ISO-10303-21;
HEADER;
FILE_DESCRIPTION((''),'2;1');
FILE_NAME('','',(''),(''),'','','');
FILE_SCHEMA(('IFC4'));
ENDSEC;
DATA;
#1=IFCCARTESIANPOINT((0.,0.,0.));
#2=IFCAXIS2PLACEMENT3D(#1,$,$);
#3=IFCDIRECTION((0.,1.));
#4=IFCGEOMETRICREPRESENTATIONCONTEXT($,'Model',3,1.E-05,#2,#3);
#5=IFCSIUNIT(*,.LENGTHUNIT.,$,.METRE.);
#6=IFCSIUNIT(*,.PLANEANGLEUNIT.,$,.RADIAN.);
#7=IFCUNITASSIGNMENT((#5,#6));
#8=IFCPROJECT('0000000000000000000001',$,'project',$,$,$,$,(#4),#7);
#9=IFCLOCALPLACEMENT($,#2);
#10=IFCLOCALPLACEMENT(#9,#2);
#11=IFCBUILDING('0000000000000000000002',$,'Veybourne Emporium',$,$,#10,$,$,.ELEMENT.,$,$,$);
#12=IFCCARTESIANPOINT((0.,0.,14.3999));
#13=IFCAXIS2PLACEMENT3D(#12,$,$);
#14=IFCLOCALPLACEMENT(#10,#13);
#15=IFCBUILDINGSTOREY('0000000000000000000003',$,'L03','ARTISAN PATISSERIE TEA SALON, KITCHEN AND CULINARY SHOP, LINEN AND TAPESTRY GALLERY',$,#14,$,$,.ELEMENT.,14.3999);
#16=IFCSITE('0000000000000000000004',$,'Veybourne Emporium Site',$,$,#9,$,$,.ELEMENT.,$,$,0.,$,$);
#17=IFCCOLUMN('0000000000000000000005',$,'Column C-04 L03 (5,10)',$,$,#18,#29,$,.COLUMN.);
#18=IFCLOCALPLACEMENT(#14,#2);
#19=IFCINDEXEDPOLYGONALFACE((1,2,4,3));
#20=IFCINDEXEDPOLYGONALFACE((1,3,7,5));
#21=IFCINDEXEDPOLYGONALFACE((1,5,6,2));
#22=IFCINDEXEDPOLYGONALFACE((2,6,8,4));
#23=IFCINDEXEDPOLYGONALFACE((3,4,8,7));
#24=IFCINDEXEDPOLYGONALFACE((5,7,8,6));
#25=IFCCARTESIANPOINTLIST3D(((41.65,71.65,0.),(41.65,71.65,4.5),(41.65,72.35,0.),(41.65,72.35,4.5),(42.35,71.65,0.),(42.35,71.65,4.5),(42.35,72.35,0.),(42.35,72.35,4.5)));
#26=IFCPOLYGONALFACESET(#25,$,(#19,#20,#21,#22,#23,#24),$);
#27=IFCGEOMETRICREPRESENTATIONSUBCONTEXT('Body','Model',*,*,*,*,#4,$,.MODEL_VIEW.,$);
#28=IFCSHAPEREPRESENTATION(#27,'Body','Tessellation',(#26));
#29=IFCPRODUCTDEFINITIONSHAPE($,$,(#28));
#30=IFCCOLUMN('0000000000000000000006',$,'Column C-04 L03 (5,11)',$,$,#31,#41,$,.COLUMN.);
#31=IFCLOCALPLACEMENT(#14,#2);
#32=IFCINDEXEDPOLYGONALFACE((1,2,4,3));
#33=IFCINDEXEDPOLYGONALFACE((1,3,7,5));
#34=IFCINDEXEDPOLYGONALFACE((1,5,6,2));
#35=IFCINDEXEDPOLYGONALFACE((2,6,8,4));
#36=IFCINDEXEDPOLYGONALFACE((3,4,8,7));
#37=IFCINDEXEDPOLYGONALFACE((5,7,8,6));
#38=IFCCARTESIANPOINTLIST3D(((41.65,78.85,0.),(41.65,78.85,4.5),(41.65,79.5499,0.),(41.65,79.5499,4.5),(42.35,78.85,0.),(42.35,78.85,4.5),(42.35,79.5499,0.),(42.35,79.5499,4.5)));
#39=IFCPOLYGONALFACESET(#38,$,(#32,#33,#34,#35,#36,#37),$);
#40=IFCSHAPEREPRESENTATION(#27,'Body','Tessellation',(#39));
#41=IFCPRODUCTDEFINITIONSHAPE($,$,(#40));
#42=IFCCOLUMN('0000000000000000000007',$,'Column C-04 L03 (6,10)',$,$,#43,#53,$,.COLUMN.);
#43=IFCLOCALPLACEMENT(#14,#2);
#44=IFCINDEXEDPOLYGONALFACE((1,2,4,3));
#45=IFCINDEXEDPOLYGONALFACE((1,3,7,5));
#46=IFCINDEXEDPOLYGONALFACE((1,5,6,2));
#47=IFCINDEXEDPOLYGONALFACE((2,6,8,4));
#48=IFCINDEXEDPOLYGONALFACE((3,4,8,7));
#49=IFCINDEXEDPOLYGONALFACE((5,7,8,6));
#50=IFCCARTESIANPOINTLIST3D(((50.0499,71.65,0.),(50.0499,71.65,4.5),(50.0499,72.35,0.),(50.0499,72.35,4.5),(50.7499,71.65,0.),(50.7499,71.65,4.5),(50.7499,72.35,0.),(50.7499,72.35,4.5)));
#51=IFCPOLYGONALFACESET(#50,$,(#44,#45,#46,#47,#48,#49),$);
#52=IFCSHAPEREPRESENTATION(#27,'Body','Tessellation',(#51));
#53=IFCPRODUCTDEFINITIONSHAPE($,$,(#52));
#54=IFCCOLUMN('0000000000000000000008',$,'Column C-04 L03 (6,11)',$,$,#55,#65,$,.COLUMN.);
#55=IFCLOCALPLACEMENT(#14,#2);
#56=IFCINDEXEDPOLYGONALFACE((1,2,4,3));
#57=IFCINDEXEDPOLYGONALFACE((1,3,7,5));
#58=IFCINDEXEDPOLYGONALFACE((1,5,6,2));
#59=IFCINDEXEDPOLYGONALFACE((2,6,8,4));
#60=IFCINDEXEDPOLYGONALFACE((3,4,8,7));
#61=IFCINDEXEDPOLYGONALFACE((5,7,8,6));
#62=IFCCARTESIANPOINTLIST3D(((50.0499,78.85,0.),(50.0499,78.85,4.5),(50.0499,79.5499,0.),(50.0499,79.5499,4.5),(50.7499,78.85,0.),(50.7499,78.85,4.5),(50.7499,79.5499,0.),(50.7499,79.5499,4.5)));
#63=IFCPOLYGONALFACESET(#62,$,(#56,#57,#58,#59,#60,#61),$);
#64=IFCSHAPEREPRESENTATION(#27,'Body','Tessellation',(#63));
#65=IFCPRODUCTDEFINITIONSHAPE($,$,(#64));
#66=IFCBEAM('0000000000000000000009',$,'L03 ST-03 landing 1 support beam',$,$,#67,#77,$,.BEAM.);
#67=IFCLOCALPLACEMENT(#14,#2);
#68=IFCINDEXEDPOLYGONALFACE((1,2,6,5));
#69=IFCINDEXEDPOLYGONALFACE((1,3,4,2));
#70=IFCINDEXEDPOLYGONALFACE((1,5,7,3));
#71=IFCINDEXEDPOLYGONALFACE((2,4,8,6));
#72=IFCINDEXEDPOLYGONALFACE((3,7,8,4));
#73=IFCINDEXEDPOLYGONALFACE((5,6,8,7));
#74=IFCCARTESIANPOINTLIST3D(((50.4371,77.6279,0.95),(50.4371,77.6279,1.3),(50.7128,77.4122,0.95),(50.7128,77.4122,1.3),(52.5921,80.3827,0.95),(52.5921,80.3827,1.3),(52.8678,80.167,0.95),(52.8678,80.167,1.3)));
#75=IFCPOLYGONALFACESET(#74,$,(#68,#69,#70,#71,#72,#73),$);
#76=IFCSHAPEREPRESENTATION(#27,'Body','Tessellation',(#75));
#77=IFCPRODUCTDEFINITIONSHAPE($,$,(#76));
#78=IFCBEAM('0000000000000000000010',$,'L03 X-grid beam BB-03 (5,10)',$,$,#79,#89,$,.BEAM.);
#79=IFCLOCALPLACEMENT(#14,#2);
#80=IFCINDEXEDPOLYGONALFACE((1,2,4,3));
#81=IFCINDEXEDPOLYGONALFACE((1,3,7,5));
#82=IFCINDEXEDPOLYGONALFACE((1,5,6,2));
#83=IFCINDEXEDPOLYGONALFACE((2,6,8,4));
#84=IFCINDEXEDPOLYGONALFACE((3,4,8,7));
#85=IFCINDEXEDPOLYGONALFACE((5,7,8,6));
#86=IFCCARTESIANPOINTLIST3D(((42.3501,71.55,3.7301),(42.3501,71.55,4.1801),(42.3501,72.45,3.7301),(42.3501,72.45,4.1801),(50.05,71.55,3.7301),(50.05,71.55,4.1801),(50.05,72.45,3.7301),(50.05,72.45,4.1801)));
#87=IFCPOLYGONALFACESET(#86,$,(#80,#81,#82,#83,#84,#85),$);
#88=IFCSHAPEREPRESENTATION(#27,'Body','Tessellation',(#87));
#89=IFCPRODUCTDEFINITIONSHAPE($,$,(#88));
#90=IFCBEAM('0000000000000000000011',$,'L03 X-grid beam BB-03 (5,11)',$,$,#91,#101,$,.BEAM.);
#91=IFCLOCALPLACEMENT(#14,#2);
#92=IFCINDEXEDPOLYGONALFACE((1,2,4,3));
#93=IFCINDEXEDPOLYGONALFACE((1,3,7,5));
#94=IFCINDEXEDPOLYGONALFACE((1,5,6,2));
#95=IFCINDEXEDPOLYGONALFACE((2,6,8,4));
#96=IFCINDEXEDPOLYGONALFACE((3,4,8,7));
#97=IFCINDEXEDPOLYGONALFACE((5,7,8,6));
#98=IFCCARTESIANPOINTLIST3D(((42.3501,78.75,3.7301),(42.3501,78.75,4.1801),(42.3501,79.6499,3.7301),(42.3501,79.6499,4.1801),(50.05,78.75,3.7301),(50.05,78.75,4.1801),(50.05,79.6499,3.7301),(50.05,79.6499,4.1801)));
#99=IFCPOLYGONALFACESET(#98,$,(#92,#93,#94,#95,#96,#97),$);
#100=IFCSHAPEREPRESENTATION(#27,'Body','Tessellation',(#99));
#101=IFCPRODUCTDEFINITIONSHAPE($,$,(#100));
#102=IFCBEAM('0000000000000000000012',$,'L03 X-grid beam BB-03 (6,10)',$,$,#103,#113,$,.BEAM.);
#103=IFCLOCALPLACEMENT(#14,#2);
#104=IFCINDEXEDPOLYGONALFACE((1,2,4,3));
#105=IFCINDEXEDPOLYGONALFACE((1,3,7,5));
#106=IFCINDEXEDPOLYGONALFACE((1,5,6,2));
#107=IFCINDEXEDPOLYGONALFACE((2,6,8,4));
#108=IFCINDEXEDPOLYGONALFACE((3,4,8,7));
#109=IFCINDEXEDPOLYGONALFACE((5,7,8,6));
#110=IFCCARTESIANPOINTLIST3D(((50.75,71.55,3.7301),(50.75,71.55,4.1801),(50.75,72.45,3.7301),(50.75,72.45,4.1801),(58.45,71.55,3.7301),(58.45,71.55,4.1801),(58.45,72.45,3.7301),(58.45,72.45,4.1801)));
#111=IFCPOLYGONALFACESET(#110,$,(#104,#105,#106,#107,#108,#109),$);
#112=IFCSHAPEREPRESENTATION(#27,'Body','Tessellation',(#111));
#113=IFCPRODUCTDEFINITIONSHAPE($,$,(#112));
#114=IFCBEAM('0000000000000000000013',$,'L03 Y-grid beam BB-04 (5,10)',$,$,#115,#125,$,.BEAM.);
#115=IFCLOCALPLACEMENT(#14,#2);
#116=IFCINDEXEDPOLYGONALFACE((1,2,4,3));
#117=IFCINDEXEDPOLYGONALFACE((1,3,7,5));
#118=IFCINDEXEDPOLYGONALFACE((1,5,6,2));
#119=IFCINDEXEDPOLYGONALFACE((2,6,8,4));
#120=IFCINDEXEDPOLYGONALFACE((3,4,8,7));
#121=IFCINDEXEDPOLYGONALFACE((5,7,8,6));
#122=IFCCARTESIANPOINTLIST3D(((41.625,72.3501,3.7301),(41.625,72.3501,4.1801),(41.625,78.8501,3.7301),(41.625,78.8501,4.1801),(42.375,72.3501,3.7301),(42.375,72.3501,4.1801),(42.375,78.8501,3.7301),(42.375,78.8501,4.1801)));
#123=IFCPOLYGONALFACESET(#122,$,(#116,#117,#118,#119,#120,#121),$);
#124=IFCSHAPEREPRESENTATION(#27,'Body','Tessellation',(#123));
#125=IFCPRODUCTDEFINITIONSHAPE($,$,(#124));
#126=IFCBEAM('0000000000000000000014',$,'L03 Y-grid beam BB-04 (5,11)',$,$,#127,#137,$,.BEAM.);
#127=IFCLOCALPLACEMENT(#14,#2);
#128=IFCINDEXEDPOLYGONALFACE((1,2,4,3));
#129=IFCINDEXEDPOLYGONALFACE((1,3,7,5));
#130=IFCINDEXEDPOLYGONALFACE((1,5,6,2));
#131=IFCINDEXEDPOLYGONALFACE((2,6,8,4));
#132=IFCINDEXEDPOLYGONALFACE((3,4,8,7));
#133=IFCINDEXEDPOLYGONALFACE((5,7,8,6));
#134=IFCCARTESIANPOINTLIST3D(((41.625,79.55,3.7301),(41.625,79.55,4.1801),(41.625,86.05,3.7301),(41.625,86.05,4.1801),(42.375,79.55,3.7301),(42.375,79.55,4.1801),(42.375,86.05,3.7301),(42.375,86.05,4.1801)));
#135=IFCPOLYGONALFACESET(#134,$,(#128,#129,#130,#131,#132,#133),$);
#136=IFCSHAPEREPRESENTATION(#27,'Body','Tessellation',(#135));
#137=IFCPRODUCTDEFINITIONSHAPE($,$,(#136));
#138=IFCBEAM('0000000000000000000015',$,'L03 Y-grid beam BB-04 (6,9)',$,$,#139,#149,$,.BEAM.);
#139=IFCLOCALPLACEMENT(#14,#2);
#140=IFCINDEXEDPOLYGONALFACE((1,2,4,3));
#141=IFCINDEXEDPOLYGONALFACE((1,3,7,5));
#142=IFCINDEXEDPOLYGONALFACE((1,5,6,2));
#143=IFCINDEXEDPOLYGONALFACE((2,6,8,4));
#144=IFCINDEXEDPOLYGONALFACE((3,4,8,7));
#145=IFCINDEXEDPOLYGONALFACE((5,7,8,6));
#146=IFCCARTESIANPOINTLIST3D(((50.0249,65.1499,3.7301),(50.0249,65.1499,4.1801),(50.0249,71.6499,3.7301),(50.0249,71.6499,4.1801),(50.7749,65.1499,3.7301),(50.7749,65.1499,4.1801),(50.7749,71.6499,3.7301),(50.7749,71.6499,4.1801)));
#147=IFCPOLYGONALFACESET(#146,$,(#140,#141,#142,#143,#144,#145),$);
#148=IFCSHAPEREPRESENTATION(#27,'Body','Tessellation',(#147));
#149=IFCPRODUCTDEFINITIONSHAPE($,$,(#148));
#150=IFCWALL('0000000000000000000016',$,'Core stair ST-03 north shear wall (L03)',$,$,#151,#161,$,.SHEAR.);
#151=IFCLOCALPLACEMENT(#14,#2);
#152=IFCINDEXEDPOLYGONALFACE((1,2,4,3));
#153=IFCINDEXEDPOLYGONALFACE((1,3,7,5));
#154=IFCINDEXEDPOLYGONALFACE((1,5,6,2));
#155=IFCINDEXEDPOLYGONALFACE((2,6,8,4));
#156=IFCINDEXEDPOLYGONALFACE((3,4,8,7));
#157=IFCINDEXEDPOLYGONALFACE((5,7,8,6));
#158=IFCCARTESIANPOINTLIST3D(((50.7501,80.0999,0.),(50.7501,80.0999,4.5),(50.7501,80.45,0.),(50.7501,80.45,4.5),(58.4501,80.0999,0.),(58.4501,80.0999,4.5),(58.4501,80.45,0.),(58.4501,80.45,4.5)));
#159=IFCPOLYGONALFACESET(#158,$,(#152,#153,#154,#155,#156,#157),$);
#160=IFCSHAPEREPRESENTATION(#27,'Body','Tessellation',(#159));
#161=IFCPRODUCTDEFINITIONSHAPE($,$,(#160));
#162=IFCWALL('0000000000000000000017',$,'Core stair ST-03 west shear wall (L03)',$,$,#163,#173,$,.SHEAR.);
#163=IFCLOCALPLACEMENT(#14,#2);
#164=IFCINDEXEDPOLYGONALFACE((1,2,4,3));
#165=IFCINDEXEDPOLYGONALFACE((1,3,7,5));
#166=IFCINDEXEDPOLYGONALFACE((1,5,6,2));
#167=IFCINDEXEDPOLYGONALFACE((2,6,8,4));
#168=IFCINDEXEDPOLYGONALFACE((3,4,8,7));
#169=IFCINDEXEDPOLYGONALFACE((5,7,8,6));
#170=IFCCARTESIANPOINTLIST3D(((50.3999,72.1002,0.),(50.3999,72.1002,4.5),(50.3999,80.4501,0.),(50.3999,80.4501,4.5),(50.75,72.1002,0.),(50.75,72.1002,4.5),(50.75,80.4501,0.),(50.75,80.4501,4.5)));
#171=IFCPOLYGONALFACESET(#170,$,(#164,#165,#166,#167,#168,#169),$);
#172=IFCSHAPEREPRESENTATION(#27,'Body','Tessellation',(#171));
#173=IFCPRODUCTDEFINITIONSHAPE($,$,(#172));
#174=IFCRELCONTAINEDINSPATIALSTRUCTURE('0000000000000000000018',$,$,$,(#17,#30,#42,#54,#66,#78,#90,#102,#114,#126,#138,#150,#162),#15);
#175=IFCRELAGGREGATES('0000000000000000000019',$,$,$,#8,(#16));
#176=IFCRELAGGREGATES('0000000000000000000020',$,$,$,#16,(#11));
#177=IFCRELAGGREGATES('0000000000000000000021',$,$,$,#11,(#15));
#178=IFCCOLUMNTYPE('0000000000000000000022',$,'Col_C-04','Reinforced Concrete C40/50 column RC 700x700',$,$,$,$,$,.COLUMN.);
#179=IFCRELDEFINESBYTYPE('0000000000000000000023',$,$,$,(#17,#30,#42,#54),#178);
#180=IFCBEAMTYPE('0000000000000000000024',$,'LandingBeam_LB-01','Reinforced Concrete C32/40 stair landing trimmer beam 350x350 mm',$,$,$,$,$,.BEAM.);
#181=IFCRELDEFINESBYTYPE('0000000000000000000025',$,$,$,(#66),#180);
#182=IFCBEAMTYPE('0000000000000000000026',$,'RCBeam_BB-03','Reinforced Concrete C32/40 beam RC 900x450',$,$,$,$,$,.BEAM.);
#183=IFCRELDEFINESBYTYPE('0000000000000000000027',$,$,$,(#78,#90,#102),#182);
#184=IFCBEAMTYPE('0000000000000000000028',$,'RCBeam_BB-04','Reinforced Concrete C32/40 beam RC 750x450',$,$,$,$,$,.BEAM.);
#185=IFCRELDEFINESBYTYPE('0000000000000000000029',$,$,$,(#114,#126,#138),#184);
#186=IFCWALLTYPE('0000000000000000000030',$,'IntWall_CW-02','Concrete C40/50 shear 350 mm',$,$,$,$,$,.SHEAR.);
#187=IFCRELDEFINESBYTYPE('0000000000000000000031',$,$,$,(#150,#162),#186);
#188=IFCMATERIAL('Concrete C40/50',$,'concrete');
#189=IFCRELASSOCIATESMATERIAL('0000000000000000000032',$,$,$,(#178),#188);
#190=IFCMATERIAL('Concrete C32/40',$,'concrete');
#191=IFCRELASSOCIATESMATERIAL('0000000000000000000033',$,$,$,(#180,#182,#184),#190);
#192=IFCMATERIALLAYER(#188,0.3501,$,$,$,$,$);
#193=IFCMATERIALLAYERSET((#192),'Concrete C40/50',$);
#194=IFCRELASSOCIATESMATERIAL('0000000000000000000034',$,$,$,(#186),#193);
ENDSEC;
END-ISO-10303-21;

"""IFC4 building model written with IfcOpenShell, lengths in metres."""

from ifc_helpers import new_model, si_unit, direction, frame, frame_2d, origin, origin_2d, place, context, subcontext, project, spatial, rectangle, extrude, material, layer, layer_set, material_profile, profile_set, type_object, element, save


model = new_model("IFC4")

# Units and contexts
model_context = context("Model", 3, precision=1e-05, world=origin(), true_north=direction((0.0, 1.0)))
body_context = subcontext(model_context, "Body", "Model", "MODEL_VIEW")
ifc_project = project(units=[si_unit("LENGTHUNIT", "METRE"), si_unit("PLANEANGLEUNIT", "RADIAN")], contexts=[model_context])

# Site, building, storey
site_placement = place(None, origin())
site = spatial("IfcSite", under=ifc_project, at=site_placement, Name="Veybourne Emporium Site", CompositionType="ELEMENT", RefElevation=0.0)
building_placement = place(site_placement, origin())
building = spatial("IfcBuilding", under=site, at=building_placement, Name="Veybourne Emporium", CompositionType="ELEMENT")
storey_placement = place(building_placement, frame((0.0, 0.0, 14.3999)))
storey = spatial("IfcBuildingStorey", under=building, at=storey_placement, Name="L03", Description="ARTISAN PATISSERIE TEA SALON, KITCHEN AND CULINARY SHOP, LINEN AND TAPESTRY GALLERY", CompositionType="ELEMENT", Elevation=14.3999)

# Columns
ifc_material_1 = material(Name="Concrete C40/50", Category="concrete")
ifc_material_profile_1 = material_profile(ifc_material_1, rectangle(XDim=0.7, YDim=0.7, at=origin_2d()), Name="RC 700x700")
ifc_profile_set_1 = profile_set([ifc_material_profile_1], Name="Concrete C40/50")
column_type = type_object("IfcColumnType", Name="Col_C-04", Description="Reinforced Concrete C40/50 column RC 700x700", PredefinedType="COLUMN", material=ifc_profile_set_1)
for number, where, z_axis, x_axis, name in (
    (1, (42.0, 72.0, 0.0), (0.0, 0.0, 1.0), (1.0, 0.0, 0.0), "Column C-04 L03 (5,10)"),
    (2, (42.0, 79.2, 0.0), (0.0, 0.0, 1.0), (1.0, 0.0, 0.0), "Column C-04 L03 (5,11)"),
    (3, (50.3999, 72.0, 0.0), (0.0, 0.0, 1.0), (1.0, 0.0, 0.0), "Column C-04 L03 (6,10)"),
    (4, (50.3999, 79.2, 0.0), (0.0, 0.0, 1.0), (1.0, 0.0, 0.0), "Column C-04 L03 (6,11)"),
):
    element("IfcColumn", number, at=place(storey_placement, frame(where, z_axis=z_axis, x_axis=x_axis)), inside=storey, type_object=column_type, Name=name, PredefinedType="COLUMN", context=body_context, shape_type="SweptSolid", body=[
        extrude(rectangle(XDim=0.7, YDim=0.7, at=origin_2d()), origin(), (0.0, 0.0, 1.0), 4.5),
    ])

# Beams
ifc_material_2 = material(Name="Concrete C32/40", Category="concrete")
ifc_material_profile_2 = material_profile(ifc_material_2, rectangle(XDim=0.3501, YDim=0.3501, at=origin_2d()), Name="RC 350x350")
ifc_profile_set_2 = profile_set([ifc_material_profile_2], Name="Concrete C32/40")
beam_type_1 = type_object("IfcBeamType", Name="LandingBeam_LB-01", Description="Reinforced Concrete C32/40 stair landing trimmer beam 350x350 mm", PredefinedType="BEAM", material=ifc_profile_set_2)
beam_placement = place(storey_placement, frame((50.575, 77.52, 1.125), z_axis=(0.616137, 0.787639, 0.0), x_axis=(-0.787639, 0.616137, 0.0)))
element("IfcBeam", 5, at=beam_placement, inside=storey, type_object=beam_type_1, Name="L03 ST-03 landing 1 support beam", PredefinedType="BEAM", context=body_context, shape_type="SweptSolid", body=[
    extrude(rectangle(XDim=0.3501, YDim=0.3501, at=origin_2d()), origin(), (0.0, 0.0, 1.0), 3.4976),
])
ifc_material_profile_3 = material_profile(ifc_material_2, rectangle(XDim=0.8999, YDim=0.45, at=origin_2d()), Name="RC 900x450")
ifc_profile_set_3 = profile_set([ifc_material_profile_3], Name="Concrete C32/40")
beam_type_2 = type_object("IfcBeamType", Name="RCBeam_BB-03", Description="Reinforced Concrete C32/40 beam RC 900x450", PredefinedType="BEAM", material=ifc_profile_set_3)
for number, where, z_axis, x_axis, name in (
    (6, (42.3501, 72.0, 3.9551), (1.0, 0.0, 0.0), (0.0, 1.0, 0.0), "L03 X-grid beam BB-03 (5,10)"),
    (7, (42.3501, 79.2, 3.9551), (1.0, 0.0, 0.0), (0.0, 1.0, 0.0), "L03 X-grid beam BB-03 (5,11)"),
    (8, (50.75, 72.0, 3.9551), (1.0, 0.0, 0.0), (0.0, 1.0, 0.0), "L03 X-grid beam BB-03 (6,10)"),
):
    element("IfcBeam", number, at=place(storey_placement, frame(where, z_axis=z_axis, x_axis=x_axis)), inside=storey, type_object=beam_type_2, Name=name, PredefinedType="BEAM", context=body_context, shape_type="SweptSolid", body=[
        extrude(rectangle(XDim=0.8999, YDim=0.45, at=origin_2d()), origin(), (0.0, 0.0, 1.0), 7.7),
    ])
ifc_material_profile_4 = material_profile(ifc_material_2, rectangle(XDim=0.75, YDim=0.45, at=origin_2d()), Name="RC 750x450")
ifc_profile_set_4 = profile_set([ifc_material_profile_4], Name="Concrete C32/40")
beam_type_3 = type_object("IfcBeamType", Name="RCBeam_BB-04", Description="Reinforced Concrete C32/40 beam RC 750x450", PredefinedType="BEAM", material=ifc_profile_set_4)
for number, where, z_axis, x_axis, name in (
    (9, (42.0, 72.3501, 3.9551), (0.0, 1.0, 0.0), (-1.0, 0.0, 0.0), "L03 Y-grid beam BB-04 (5,10)"),
    (10, (42.0, 79.55, 3.9551), (0.0, 1.0, 0.0), (-1.0, 0.0, 0.0), "L03 Y-grid beam BB-04 (5,11)"),
    (11, (50.3999, 65.1499, 3.9551), (0.0, 1.0, 0.0), (-1.0, 0.0, 0.0), "L03 Y-grid beam BB-04 (6,9)"),
):
    element("IfcBeam", number, at=place(storey_placement, frame(where, z_axis=z_axis, x_axis=x_axis)), inside=storey, type_object=beam_type_3, Name=name, PredefinedType="BEAM", context=body_context, shape_type="SweptSolid", body=[
        extrude(rectangle(XDim=0.75, YDim=0.45, at=origin_2d()), origin(), (0.0, 0.0, 1.0), 6.5),
    ])

# Walls
ifc_layer = layer(ifc_material_1, 0.3501)
ifc_layer_set = layer_set([ifc_layer], Name="Concrete C40/50")
wall_type = type_object("IfcWallType", Name="IntWall_CW-02", Description="Concrete C40/50 shear 350 mm", PredefinedType="SHEAR", material=ifc_layer_set)
wall_1_placement = place(storey_placement, frame((50.75, 80.2749, 0.0), z_axis=(0.0, 0.0, 1.0), x_axis=(1.0, 0.0, 0.0)))
element("IfcWall", 12, at=wall_1_placement, inside=storey, type_object=wall_type, Name="Core stair ST-03 north shear wall (L03)", PredefinedType="SHEAR", context=body_context, shape_type="SweptSolid", body=[
    extrude(rectangle(XDim=7.7, YDim=0.3501, at=frame_2d((3.8501, 0.0))), origin(), (0.0, 0.0, 1.0), 4.5),
])
wall_2_placement = place(storey_placement, frame((50.575, 80.45, 0.0), z_axis=(0.0, 0.0, 1.0), x_axis=(0.0, -1.0, 0.0)))
element("IfcWall", 13, at=wall_2_placement, inside=storey, type_object=wall_type, Name="Core stair ST-03 west shear wall (L03)", PredefinedType="SHEAR", context=body_context, shape_type="SweptSolid", body=[
    extrude(rectangle(XDim=8.3499, YDim=0.3501, at=frame_2d((4.1748, 0.0))), origin(), (0.0, 0.0, 1.0), 4.5),
])

save(model, "model.ifc")
